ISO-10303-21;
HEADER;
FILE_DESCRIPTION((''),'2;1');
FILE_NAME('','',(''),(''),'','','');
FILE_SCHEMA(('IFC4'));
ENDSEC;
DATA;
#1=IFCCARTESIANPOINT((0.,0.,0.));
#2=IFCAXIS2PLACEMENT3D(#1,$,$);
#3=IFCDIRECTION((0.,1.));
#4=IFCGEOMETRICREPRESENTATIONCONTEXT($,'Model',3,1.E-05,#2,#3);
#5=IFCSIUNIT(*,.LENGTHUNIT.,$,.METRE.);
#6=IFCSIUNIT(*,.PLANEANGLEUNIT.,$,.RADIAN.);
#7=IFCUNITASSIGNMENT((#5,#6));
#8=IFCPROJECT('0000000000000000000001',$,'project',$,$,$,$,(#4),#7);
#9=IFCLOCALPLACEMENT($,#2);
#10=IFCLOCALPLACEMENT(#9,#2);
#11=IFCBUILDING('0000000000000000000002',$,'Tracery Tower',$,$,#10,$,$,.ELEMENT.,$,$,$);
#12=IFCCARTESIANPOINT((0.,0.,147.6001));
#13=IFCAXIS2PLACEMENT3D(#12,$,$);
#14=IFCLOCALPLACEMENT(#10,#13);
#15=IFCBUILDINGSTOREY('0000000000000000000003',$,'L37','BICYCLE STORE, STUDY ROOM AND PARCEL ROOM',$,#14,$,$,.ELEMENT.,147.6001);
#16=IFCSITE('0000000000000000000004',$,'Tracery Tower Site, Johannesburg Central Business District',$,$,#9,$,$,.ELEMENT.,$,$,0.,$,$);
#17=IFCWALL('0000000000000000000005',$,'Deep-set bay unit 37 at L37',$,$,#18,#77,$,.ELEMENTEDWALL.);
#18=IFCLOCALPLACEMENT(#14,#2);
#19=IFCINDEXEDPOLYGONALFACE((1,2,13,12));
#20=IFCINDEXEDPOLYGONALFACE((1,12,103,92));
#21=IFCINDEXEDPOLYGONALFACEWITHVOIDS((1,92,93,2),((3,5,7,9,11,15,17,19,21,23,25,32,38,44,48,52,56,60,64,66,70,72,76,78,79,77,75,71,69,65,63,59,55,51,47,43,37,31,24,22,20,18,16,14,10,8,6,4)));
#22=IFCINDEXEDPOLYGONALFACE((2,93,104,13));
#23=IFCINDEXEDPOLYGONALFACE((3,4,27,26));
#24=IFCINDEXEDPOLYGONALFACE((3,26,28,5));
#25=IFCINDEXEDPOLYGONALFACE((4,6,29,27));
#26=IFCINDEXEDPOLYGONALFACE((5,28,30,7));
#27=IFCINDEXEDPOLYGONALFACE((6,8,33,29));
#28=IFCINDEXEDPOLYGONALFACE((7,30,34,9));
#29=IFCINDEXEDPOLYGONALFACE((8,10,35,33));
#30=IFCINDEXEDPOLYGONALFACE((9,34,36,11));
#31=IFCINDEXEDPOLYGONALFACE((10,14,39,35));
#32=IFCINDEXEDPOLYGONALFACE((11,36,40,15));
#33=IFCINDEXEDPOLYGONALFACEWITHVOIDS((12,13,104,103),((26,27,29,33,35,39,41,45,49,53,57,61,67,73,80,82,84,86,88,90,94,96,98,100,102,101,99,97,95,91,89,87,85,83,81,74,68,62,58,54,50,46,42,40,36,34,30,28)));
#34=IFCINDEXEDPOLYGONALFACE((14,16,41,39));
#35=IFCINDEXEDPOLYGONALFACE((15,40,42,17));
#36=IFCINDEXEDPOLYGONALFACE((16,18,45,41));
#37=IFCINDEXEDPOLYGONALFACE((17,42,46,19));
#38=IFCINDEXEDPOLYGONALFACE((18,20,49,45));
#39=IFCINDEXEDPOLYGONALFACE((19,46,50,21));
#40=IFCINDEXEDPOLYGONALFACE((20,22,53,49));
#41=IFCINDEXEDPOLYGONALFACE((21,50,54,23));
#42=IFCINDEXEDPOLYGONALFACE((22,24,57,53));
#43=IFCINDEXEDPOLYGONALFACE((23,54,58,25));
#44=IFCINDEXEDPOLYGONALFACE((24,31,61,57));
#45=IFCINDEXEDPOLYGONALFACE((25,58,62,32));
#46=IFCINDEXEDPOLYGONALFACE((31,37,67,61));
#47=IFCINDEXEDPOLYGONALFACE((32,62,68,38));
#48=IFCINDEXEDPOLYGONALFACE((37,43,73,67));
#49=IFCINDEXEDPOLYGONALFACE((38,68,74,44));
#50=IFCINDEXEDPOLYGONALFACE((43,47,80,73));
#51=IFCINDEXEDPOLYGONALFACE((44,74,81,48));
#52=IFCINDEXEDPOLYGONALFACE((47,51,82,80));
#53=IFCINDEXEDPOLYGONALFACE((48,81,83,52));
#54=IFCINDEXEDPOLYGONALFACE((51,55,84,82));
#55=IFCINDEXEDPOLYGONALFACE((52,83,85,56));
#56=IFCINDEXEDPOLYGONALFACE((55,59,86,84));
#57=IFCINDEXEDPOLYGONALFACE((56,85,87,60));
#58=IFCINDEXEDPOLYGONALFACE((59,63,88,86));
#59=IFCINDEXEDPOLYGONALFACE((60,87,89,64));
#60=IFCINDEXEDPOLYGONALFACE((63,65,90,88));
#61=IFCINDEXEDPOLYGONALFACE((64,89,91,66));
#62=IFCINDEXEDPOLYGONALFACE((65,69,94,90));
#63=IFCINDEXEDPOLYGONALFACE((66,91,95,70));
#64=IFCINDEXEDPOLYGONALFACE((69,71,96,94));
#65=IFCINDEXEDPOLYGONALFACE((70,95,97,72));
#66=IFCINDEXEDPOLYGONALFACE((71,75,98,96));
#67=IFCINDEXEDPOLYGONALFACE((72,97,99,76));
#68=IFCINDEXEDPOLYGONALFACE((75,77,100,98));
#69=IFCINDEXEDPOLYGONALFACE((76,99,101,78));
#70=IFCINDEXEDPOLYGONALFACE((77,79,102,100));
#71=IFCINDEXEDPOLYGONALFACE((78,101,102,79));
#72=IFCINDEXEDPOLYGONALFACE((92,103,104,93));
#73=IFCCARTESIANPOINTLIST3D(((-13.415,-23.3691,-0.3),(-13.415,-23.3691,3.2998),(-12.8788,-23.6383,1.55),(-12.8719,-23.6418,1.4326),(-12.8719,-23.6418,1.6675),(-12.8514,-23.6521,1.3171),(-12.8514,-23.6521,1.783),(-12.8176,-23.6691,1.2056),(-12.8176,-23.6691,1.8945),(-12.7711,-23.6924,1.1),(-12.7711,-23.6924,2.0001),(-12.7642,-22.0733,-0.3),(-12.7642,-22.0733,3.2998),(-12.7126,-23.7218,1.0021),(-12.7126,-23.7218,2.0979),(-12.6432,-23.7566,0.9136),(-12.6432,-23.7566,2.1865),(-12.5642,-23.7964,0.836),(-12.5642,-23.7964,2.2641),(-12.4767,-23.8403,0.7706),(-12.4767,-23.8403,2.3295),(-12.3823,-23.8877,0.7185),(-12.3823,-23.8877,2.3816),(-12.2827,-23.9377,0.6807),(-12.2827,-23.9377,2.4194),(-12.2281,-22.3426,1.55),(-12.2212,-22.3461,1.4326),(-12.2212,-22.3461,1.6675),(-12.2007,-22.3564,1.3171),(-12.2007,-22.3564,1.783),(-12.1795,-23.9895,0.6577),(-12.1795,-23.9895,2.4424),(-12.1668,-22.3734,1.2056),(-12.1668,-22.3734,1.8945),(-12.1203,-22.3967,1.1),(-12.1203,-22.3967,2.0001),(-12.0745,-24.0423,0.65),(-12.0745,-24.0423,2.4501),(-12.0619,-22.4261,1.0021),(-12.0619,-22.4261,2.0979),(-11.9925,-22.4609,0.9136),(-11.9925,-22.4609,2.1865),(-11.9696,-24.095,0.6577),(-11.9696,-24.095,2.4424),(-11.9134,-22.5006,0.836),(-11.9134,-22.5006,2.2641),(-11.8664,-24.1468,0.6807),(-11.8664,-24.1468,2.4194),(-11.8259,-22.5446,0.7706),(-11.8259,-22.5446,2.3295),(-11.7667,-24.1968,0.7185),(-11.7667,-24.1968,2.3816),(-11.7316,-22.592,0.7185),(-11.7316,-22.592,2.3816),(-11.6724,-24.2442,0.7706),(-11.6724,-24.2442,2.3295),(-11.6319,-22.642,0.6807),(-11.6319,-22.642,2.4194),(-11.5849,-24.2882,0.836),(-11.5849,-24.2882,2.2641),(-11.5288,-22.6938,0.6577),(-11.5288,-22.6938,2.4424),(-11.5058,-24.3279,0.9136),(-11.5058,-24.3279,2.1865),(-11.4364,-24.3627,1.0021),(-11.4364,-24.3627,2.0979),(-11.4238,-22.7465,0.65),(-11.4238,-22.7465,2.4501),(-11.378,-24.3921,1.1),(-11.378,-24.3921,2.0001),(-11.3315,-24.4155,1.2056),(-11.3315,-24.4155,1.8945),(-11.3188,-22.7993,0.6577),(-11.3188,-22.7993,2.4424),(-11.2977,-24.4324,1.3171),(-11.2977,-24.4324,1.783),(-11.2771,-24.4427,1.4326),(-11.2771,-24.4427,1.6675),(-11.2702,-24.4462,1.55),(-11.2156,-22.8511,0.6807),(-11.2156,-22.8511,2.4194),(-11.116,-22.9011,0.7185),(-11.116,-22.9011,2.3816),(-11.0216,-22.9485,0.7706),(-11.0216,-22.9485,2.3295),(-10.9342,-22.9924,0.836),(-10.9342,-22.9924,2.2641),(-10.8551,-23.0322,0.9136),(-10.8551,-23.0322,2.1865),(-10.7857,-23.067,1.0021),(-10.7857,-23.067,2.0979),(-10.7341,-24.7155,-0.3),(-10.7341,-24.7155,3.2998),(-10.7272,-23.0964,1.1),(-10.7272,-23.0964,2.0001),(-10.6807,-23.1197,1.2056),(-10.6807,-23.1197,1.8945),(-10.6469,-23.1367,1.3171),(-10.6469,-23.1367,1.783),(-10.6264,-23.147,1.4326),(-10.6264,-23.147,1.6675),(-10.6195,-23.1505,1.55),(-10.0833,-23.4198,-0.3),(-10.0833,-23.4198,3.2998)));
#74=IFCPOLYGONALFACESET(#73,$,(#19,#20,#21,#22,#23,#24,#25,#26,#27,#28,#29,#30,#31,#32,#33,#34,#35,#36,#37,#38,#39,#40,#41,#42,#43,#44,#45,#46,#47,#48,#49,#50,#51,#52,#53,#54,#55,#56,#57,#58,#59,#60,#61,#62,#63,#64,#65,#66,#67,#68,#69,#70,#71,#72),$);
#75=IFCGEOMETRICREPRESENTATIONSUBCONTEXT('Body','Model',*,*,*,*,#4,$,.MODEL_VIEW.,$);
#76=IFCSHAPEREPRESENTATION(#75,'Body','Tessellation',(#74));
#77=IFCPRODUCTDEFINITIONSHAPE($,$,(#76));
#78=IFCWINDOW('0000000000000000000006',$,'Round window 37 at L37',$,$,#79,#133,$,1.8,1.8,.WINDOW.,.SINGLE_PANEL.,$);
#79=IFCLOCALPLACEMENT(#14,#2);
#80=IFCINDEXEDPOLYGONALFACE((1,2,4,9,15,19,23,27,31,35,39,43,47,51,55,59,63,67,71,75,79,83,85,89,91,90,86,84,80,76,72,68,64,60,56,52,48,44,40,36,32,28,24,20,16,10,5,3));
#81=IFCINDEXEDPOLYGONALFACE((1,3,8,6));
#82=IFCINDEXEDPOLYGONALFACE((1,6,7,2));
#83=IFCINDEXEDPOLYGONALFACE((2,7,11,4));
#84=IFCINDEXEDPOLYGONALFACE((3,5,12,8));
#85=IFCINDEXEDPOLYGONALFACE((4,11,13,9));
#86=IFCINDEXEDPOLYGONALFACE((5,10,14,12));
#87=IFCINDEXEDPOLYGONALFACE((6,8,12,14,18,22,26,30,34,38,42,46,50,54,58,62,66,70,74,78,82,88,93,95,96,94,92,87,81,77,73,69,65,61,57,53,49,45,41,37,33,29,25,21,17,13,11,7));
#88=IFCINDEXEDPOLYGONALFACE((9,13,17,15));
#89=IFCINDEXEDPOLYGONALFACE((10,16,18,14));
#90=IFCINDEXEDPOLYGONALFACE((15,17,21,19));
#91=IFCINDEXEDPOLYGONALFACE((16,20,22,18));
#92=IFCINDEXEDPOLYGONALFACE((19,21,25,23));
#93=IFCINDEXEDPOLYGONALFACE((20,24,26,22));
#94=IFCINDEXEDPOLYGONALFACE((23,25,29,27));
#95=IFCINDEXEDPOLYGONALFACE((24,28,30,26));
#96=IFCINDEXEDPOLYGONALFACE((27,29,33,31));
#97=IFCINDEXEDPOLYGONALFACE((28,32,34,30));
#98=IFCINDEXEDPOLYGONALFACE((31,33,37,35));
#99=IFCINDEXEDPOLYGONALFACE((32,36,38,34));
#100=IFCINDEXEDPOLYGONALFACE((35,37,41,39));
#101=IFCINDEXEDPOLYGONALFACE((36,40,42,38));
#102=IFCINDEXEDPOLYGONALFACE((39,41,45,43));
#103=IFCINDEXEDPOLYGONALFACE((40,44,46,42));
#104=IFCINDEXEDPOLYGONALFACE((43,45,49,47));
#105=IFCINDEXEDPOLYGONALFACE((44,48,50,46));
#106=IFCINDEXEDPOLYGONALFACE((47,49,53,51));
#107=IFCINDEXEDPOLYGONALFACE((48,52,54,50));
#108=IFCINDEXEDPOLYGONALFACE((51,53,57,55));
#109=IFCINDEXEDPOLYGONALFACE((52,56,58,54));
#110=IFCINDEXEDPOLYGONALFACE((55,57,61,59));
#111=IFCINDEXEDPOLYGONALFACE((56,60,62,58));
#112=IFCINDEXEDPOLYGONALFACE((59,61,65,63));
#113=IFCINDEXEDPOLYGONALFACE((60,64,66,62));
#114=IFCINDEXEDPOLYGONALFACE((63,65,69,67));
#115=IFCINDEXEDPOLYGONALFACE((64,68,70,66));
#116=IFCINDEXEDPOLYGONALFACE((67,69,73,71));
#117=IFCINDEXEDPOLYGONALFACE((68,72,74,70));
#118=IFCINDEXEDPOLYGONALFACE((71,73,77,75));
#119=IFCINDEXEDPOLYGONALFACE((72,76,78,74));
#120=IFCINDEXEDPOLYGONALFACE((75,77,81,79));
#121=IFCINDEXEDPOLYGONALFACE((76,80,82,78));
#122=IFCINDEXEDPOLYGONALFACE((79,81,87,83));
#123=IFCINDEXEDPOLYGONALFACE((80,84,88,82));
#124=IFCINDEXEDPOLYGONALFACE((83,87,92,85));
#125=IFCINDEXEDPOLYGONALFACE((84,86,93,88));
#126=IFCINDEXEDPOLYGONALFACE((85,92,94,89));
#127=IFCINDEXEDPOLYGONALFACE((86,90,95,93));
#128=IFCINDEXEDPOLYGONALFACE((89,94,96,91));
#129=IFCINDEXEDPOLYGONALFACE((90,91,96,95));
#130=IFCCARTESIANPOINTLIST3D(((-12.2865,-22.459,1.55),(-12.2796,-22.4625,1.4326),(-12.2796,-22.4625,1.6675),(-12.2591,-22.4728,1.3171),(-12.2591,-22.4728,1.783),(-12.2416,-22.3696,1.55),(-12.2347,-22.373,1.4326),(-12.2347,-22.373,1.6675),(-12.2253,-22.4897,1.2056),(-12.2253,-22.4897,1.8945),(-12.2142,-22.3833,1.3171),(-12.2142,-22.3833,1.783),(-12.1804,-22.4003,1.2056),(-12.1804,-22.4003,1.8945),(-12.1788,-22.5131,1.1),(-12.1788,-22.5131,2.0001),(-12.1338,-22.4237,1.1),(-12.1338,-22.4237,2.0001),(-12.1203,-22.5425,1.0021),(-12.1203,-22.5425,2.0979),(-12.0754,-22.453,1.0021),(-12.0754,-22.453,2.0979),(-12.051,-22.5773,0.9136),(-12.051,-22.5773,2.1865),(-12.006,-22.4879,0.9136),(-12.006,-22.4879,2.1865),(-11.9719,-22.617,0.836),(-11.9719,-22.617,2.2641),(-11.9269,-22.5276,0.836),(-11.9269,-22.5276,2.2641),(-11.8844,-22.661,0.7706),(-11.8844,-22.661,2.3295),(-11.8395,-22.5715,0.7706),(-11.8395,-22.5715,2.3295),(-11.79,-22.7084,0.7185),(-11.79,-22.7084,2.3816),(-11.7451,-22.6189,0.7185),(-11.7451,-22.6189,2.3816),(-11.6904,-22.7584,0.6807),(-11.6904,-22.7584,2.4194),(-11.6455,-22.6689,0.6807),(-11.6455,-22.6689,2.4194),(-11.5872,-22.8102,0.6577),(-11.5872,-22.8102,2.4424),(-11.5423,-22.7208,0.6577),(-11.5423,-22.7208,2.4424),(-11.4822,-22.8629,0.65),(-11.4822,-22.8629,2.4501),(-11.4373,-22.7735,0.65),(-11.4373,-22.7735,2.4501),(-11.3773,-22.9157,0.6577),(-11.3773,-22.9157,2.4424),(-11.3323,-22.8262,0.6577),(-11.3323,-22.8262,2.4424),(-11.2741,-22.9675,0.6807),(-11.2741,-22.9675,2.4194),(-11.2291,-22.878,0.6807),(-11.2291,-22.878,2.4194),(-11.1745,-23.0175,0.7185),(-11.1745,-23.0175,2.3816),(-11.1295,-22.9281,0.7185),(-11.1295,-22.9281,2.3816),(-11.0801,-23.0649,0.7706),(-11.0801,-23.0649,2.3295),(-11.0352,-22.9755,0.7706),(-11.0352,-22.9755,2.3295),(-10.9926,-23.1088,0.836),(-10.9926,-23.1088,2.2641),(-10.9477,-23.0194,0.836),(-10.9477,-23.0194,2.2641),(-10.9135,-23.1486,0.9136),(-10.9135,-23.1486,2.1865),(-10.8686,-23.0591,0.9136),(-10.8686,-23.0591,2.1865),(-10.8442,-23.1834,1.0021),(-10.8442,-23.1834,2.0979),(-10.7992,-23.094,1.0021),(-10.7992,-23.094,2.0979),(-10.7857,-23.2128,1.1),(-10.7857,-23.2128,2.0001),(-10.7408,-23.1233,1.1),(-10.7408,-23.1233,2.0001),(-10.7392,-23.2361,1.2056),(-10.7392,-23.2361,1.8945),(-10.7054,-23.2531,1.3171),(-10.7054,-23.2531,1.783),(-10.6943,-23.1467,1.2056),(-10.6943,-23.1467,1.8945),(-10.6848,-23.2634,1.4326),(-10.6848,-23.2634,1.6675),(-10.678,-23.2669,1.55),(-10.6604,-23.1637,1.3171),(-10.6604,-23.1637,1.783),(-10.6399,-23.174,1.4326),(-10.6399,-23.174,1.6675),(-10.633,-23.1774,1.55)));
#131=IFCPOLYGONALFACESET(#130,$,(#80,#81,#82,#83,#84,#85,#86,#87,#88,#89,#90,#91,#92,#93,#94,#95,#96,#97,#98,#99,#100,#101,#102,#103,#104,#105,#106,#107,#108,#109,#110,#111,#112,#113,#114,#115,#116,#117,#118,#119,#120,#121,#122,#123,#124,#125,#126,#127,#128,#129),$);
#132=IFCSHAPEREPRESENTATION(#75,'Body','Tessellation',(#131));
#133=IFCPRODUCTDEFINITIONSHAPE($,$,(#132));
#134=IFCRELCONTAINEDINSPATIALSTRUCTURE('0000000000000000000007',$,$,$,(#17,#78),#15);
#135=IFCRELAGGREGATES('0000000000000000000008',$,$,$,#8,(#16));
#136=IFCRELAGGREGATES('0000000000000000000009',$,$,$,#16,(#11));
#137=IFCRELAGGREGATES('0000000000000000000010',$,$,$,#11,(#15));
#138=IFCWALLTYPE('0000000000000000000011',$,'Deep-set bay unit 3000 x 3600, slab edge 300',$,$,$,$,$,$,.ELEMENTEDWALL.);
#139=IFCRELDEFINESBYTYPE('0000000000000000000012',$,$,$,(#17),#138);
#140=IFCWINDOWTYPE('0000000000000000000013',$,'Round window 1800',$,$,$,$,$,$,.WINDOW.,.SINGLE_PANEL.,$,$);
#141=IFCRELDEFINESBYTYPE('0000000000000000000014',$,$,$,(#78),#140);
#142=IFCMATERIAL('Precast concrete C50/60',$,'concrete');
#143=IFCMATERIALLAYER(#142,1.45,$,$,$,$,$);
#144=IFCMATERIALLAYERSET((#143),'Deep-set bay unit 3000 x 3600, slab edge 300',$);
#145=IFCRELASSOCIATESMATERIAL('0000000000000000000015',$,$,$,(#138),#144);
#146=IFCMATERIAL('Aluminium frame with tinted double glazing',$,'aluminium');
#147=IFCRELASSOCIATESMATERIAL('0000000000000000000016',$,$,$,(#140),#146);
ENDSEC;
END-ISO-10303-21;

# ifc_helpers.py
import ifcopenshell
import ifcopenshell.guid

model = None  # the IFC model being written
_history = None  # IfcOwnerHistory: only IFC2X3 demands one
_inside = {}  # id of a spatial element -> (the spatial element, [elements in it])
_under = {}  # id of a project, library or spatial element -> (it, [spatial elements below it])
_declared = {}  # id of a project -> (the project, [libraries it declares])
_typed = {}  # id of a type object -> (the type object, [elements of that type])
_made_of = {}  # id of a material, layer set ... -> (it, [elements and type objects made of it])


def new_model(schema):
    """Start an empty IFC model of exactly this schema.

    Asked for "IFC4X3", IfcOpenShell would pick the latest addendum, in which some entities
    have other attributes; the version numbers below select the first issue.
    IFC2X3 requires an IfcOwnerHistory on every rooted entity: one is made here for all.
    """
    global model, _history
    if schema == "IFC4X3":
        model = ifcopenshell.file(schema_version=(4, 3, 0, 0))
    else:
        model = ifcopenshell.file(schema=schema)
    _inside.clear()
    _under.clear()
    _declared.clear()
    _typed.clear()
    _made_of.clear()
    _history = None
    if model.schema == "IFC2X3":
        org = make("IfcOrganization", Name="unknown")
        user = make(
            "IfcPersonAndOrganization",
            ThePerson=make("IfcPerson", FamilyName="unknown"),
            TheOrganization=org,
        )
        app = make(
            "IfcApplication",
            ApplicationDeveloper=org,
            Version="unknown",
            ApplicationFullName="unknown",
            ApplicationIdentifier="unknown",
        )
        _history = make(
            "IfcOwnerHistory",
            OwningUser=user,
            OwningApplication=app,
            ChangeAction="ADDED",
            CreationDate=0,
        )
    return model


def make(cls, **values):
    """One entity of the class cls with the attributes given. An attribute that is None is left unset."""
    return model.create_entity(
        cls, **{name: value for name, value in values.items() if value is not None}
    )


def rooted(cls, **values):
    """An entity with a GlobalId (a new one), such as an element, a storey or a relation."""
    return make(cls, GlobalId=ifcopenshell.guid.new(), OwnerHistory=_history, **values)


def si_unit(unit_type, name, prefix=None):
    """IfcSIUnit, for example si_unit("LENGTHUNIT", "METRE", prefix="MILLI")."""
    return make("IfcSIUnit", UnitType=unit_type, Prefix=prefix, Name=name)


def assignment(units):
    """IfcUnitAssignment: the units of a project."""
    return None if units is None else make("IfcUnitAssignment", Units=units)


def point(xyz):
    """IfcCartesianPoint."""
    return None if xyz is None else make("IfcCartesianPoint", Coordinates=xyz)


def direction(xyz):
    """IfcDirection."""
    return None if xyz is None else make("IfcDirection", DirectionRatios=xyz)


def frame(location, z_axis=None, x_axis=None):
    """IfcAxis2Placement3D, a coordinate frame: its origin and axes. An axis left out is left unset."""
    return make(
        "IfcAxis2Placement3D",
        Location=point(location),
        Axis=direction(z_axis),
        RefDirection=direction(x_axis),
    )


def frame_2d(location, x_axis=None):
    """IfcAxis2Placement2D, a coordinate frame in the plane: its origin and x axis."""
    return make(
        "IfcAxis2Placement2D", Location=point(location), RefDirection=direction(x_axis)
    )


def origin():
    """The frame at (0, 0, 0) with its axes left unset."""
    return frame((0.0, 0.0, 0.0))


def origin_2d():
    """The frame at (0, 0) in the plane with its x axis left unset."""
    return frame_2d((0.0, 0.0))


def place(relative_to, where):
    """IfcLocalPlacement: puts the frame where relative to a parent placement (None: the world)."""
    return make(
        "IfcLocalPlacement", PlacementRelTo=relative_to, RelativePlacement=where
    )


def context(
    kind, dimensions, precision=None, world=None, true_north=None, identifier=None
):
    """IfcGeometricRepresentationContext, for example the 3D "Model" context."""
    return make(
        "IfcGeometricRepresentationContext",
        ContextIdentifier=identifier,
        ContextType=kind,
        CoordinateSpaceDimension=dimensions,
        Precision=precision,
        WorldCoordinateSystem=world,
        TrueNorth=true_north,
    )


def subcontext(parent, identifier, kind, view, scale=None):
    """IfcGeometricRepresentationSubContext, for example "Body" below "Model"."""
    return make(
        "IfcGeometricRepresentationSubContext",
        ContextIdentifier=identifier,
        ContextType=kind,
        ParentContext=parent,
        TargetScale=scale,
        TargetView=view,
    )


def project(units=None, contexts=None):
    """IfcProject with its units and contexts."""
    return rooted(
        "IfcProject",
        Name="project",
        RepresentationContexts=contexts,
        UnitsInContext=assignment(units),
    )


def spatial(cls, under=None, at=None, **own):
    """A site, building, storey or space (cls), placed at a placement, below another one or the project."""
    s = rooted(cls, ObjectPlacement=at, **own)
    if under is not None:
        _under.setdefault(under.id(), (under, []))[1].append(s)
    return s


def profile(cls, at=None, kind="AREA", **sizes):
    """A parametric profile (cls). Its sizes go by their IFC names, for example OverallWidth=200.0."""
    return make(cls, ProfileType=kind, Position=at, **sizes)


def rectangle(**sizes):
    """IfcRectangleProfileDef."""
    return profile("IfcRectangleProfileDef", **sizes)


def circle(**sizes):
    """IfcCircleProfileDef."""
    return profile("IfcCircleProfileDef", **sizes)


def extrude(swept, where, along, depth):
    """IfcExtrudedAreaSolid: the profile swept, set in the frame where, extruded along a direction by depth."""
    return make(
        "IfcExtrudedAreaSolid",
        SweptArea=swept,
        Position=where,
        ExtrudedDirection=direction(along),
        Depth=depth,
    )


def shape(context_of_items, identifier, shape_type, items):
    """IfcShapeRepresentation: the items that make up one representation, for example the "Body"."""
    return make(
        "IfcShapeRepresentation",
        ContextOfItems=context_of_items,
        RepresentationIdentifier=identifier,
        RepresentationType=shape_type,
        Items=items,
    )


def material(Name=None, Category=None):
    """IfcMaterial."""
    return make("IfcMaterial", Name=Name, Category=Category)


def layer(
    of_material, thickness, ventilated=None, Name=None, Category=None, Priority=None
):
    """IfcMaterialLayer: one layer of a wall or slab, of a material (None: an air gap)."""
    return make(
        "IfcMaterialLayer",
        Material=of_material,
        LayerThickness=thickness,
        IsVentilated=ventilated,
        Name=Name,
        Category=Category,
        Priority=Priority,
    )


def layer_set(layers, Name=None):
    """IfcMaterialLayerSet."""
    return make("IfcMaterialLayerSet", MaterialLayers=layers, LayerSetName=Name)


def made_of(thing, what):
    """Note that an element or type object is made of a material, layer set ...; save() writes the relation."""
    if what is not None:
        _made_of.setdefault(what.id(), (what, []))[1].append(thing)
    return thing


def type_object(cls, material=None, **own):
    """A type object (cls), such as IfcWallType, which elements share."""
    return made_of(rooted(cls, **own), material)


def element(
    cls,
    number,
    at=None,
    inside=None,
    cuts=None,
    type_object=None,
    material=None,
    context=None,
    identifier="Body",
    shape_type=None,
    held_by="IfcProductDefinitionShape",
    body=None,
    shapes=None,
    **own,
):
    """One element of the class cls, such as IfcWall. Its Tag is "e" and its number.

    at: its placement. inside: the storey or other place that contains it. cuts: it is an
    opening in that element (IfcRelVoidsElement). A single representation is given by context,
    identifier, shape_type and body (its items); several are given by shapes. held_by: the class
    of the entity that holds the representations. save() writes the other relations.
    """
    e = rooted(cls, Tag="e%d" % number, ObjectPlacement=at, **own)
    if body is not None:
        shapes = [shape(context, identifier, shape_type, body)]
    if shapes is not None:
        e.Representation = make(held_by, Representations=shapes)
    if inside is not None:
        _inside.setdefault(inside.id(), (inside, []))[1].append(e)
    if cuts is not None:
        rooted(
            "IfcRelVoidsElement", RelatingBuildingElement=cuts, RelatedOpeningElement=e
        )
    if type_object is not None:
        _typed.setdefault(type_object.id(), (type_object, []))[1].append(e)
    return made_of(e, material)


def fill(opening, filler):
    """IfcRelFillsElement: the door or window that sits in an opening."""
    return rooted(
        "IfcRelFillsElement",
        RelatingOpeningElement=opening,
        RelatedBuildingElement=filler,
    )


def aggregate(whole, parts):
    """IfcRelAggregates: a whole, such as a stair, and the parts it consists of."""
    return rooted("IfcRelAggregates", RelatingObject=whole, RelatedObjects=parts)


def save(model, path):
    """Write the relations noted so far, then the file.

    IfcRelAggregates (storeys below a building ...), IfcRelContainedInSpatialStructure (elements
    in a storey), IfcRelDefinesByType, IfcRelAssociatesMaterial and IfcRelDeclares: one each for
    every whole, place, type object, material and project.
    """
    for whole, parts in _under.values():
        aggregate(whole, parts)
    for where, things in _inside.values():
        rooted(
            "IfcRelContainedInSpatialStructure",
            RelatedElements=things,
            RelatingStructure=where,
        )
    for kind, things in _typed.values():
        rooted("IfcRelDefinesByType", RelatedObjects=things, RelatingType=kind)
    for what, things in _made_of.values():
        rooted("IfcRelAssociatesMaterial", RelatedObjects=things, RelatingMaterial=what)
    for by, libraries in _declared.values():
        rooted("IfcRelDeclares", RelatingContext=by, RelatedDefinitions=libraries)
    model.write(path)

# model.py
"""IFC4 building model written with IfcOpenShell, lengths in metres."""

from ifc_helpers import new_model, si_unit, direction, frame, frame_2d, origin, origin_2d, place, context, subcontext, project, spatial, rectangle, circle, extrude, material, layer, layer_set, type_object, element, fill, save


model = new_model("IFC4")

# Units and contexts
model_context = context("Model", 3, precision=1e-05, world=origin(), true_north=direction((0.0, 1.0)))
body_context = subcontext(model_context, "Body", "Model", "MODEL_VIEW")
ifc_project = project(units=[si_unit("LENGTHUNIT", "METRE"), si_unit("PLANEANGLEUNIT", "RADIAN")], contexts=[model_context])

# Site, building, storey
site_placement = place(None, origin())
site = spatial("IfcSite", under=ifc_project, at=site_placement, Name="Tracery Tower Site, Johannesburg Central Business District", CompositionType="ELEMENT", RefElevation=0.0)
building_placement = place(site_placement, origin())
building = spatial("IfcBuilding", under=site, at=building_placement, Name="Tracery Tower", CompositionType="ELEMENT")
storey_placement = place(building_placement, frame((0.0, 0.0, 147.6001)))
storey = spatial("IfcBuildingStorey", under=building, at=storey_placement, Name="L37", Description="BICYCLE STORE, STUDY ROOM AND PARCEL ROOM", CompositionType="ELEMENT", Elevation=147.6001)

# Wall, opening, window
ifc_material_1 = material(Name="Precast concrete C50/60", Category="concrete")
ifc_layer_1 = layer(ifc_material_1, 1.45)
ifc_layer_set_1 = layer_set([ifc_layer_1], Name="Deep-set bay unit 3000 x 3600, slab edge 300")
wall_type_1 = type_object("IfcWallType", Name="Deep-set bay unit 3000 x 3600, slab edge 300", PredefinedType="ELEMENTEDWALL", material=ifc_layer_set_1)
ifc_material_2 = material(Name="Aluminium frame with tinted double glazing", Category="aluminium")
window_type = type_object("IfcWindowType", Name="Round window 1800", PartitioningType="SINGLE_PANEL", PredefinedType="WINDOW", material=ifc_material_2)
wall_1_placement = place(storey_placement, frame((-13.0896, -22.7212, -0.3), z_axis=(0.0, 0.0, 1.0), x_axis=(0.893628, -0.448808, 0.0)))
wall_1 = element("IfcWall", 1, at=wall_1_placement, inside=storey, type_object=wall_type_1, Name="Deep-set bay unit 37 at L37", PredefinedType="ELEMENTEDWALL", context=body_context, shape_type="SweptSolid", body=[
    extrude(rectangle(XDim=3.0, YDim=1.45, at=frame_2d((1.5, 0.0))), origin(), (0.0, 0.0, 1.0), 3.5999),
])
opening_1_placement = place(wall_1_placement, frame((1.5, 0.0, 1.8501)))
opening_1 = element("IfcOpeningElement", 2, at=opening_1_placement, cuts=wall_1, PredefinedType="OPENING", context=body_context, shape_type="SweptSolid", body=[
    extrude(circle(Radius=0.9, at=origin_2d()), frame((0.0, 0.7349, 0.0), z_axis=(0.0, -1.0, 0.0), x_axis=(1.0, 0.0, 0.0)), (0.0, 0.0, 1.0), 1.47),
])
window_1_placement = place(opening_1_placement, origin())
window_1 = element("IfcWindow", 3, at=window_1_placement, inside=storey, type_object=window_type, Name="Round window 37 at L37", OverallHeight=1.8, OverallWidth=1.8, PartitioningType="SINGLE_PANEL", PredefinedType="WINDOW", context=body_context, shape_type="SweptSolid", body=[
    extrude(circle(Radius=0.9, at=origin_2d()), frame((0.0, 0.6948, 0.0), z_axis=(0.0, -1.0, 0.0), x_axis=(1.0, 0.0, 0.0)), (0.0, 0.0, 1.0), 0.1001),
])
fill(opening_1, window_1)

save(model, "model.ifc")
